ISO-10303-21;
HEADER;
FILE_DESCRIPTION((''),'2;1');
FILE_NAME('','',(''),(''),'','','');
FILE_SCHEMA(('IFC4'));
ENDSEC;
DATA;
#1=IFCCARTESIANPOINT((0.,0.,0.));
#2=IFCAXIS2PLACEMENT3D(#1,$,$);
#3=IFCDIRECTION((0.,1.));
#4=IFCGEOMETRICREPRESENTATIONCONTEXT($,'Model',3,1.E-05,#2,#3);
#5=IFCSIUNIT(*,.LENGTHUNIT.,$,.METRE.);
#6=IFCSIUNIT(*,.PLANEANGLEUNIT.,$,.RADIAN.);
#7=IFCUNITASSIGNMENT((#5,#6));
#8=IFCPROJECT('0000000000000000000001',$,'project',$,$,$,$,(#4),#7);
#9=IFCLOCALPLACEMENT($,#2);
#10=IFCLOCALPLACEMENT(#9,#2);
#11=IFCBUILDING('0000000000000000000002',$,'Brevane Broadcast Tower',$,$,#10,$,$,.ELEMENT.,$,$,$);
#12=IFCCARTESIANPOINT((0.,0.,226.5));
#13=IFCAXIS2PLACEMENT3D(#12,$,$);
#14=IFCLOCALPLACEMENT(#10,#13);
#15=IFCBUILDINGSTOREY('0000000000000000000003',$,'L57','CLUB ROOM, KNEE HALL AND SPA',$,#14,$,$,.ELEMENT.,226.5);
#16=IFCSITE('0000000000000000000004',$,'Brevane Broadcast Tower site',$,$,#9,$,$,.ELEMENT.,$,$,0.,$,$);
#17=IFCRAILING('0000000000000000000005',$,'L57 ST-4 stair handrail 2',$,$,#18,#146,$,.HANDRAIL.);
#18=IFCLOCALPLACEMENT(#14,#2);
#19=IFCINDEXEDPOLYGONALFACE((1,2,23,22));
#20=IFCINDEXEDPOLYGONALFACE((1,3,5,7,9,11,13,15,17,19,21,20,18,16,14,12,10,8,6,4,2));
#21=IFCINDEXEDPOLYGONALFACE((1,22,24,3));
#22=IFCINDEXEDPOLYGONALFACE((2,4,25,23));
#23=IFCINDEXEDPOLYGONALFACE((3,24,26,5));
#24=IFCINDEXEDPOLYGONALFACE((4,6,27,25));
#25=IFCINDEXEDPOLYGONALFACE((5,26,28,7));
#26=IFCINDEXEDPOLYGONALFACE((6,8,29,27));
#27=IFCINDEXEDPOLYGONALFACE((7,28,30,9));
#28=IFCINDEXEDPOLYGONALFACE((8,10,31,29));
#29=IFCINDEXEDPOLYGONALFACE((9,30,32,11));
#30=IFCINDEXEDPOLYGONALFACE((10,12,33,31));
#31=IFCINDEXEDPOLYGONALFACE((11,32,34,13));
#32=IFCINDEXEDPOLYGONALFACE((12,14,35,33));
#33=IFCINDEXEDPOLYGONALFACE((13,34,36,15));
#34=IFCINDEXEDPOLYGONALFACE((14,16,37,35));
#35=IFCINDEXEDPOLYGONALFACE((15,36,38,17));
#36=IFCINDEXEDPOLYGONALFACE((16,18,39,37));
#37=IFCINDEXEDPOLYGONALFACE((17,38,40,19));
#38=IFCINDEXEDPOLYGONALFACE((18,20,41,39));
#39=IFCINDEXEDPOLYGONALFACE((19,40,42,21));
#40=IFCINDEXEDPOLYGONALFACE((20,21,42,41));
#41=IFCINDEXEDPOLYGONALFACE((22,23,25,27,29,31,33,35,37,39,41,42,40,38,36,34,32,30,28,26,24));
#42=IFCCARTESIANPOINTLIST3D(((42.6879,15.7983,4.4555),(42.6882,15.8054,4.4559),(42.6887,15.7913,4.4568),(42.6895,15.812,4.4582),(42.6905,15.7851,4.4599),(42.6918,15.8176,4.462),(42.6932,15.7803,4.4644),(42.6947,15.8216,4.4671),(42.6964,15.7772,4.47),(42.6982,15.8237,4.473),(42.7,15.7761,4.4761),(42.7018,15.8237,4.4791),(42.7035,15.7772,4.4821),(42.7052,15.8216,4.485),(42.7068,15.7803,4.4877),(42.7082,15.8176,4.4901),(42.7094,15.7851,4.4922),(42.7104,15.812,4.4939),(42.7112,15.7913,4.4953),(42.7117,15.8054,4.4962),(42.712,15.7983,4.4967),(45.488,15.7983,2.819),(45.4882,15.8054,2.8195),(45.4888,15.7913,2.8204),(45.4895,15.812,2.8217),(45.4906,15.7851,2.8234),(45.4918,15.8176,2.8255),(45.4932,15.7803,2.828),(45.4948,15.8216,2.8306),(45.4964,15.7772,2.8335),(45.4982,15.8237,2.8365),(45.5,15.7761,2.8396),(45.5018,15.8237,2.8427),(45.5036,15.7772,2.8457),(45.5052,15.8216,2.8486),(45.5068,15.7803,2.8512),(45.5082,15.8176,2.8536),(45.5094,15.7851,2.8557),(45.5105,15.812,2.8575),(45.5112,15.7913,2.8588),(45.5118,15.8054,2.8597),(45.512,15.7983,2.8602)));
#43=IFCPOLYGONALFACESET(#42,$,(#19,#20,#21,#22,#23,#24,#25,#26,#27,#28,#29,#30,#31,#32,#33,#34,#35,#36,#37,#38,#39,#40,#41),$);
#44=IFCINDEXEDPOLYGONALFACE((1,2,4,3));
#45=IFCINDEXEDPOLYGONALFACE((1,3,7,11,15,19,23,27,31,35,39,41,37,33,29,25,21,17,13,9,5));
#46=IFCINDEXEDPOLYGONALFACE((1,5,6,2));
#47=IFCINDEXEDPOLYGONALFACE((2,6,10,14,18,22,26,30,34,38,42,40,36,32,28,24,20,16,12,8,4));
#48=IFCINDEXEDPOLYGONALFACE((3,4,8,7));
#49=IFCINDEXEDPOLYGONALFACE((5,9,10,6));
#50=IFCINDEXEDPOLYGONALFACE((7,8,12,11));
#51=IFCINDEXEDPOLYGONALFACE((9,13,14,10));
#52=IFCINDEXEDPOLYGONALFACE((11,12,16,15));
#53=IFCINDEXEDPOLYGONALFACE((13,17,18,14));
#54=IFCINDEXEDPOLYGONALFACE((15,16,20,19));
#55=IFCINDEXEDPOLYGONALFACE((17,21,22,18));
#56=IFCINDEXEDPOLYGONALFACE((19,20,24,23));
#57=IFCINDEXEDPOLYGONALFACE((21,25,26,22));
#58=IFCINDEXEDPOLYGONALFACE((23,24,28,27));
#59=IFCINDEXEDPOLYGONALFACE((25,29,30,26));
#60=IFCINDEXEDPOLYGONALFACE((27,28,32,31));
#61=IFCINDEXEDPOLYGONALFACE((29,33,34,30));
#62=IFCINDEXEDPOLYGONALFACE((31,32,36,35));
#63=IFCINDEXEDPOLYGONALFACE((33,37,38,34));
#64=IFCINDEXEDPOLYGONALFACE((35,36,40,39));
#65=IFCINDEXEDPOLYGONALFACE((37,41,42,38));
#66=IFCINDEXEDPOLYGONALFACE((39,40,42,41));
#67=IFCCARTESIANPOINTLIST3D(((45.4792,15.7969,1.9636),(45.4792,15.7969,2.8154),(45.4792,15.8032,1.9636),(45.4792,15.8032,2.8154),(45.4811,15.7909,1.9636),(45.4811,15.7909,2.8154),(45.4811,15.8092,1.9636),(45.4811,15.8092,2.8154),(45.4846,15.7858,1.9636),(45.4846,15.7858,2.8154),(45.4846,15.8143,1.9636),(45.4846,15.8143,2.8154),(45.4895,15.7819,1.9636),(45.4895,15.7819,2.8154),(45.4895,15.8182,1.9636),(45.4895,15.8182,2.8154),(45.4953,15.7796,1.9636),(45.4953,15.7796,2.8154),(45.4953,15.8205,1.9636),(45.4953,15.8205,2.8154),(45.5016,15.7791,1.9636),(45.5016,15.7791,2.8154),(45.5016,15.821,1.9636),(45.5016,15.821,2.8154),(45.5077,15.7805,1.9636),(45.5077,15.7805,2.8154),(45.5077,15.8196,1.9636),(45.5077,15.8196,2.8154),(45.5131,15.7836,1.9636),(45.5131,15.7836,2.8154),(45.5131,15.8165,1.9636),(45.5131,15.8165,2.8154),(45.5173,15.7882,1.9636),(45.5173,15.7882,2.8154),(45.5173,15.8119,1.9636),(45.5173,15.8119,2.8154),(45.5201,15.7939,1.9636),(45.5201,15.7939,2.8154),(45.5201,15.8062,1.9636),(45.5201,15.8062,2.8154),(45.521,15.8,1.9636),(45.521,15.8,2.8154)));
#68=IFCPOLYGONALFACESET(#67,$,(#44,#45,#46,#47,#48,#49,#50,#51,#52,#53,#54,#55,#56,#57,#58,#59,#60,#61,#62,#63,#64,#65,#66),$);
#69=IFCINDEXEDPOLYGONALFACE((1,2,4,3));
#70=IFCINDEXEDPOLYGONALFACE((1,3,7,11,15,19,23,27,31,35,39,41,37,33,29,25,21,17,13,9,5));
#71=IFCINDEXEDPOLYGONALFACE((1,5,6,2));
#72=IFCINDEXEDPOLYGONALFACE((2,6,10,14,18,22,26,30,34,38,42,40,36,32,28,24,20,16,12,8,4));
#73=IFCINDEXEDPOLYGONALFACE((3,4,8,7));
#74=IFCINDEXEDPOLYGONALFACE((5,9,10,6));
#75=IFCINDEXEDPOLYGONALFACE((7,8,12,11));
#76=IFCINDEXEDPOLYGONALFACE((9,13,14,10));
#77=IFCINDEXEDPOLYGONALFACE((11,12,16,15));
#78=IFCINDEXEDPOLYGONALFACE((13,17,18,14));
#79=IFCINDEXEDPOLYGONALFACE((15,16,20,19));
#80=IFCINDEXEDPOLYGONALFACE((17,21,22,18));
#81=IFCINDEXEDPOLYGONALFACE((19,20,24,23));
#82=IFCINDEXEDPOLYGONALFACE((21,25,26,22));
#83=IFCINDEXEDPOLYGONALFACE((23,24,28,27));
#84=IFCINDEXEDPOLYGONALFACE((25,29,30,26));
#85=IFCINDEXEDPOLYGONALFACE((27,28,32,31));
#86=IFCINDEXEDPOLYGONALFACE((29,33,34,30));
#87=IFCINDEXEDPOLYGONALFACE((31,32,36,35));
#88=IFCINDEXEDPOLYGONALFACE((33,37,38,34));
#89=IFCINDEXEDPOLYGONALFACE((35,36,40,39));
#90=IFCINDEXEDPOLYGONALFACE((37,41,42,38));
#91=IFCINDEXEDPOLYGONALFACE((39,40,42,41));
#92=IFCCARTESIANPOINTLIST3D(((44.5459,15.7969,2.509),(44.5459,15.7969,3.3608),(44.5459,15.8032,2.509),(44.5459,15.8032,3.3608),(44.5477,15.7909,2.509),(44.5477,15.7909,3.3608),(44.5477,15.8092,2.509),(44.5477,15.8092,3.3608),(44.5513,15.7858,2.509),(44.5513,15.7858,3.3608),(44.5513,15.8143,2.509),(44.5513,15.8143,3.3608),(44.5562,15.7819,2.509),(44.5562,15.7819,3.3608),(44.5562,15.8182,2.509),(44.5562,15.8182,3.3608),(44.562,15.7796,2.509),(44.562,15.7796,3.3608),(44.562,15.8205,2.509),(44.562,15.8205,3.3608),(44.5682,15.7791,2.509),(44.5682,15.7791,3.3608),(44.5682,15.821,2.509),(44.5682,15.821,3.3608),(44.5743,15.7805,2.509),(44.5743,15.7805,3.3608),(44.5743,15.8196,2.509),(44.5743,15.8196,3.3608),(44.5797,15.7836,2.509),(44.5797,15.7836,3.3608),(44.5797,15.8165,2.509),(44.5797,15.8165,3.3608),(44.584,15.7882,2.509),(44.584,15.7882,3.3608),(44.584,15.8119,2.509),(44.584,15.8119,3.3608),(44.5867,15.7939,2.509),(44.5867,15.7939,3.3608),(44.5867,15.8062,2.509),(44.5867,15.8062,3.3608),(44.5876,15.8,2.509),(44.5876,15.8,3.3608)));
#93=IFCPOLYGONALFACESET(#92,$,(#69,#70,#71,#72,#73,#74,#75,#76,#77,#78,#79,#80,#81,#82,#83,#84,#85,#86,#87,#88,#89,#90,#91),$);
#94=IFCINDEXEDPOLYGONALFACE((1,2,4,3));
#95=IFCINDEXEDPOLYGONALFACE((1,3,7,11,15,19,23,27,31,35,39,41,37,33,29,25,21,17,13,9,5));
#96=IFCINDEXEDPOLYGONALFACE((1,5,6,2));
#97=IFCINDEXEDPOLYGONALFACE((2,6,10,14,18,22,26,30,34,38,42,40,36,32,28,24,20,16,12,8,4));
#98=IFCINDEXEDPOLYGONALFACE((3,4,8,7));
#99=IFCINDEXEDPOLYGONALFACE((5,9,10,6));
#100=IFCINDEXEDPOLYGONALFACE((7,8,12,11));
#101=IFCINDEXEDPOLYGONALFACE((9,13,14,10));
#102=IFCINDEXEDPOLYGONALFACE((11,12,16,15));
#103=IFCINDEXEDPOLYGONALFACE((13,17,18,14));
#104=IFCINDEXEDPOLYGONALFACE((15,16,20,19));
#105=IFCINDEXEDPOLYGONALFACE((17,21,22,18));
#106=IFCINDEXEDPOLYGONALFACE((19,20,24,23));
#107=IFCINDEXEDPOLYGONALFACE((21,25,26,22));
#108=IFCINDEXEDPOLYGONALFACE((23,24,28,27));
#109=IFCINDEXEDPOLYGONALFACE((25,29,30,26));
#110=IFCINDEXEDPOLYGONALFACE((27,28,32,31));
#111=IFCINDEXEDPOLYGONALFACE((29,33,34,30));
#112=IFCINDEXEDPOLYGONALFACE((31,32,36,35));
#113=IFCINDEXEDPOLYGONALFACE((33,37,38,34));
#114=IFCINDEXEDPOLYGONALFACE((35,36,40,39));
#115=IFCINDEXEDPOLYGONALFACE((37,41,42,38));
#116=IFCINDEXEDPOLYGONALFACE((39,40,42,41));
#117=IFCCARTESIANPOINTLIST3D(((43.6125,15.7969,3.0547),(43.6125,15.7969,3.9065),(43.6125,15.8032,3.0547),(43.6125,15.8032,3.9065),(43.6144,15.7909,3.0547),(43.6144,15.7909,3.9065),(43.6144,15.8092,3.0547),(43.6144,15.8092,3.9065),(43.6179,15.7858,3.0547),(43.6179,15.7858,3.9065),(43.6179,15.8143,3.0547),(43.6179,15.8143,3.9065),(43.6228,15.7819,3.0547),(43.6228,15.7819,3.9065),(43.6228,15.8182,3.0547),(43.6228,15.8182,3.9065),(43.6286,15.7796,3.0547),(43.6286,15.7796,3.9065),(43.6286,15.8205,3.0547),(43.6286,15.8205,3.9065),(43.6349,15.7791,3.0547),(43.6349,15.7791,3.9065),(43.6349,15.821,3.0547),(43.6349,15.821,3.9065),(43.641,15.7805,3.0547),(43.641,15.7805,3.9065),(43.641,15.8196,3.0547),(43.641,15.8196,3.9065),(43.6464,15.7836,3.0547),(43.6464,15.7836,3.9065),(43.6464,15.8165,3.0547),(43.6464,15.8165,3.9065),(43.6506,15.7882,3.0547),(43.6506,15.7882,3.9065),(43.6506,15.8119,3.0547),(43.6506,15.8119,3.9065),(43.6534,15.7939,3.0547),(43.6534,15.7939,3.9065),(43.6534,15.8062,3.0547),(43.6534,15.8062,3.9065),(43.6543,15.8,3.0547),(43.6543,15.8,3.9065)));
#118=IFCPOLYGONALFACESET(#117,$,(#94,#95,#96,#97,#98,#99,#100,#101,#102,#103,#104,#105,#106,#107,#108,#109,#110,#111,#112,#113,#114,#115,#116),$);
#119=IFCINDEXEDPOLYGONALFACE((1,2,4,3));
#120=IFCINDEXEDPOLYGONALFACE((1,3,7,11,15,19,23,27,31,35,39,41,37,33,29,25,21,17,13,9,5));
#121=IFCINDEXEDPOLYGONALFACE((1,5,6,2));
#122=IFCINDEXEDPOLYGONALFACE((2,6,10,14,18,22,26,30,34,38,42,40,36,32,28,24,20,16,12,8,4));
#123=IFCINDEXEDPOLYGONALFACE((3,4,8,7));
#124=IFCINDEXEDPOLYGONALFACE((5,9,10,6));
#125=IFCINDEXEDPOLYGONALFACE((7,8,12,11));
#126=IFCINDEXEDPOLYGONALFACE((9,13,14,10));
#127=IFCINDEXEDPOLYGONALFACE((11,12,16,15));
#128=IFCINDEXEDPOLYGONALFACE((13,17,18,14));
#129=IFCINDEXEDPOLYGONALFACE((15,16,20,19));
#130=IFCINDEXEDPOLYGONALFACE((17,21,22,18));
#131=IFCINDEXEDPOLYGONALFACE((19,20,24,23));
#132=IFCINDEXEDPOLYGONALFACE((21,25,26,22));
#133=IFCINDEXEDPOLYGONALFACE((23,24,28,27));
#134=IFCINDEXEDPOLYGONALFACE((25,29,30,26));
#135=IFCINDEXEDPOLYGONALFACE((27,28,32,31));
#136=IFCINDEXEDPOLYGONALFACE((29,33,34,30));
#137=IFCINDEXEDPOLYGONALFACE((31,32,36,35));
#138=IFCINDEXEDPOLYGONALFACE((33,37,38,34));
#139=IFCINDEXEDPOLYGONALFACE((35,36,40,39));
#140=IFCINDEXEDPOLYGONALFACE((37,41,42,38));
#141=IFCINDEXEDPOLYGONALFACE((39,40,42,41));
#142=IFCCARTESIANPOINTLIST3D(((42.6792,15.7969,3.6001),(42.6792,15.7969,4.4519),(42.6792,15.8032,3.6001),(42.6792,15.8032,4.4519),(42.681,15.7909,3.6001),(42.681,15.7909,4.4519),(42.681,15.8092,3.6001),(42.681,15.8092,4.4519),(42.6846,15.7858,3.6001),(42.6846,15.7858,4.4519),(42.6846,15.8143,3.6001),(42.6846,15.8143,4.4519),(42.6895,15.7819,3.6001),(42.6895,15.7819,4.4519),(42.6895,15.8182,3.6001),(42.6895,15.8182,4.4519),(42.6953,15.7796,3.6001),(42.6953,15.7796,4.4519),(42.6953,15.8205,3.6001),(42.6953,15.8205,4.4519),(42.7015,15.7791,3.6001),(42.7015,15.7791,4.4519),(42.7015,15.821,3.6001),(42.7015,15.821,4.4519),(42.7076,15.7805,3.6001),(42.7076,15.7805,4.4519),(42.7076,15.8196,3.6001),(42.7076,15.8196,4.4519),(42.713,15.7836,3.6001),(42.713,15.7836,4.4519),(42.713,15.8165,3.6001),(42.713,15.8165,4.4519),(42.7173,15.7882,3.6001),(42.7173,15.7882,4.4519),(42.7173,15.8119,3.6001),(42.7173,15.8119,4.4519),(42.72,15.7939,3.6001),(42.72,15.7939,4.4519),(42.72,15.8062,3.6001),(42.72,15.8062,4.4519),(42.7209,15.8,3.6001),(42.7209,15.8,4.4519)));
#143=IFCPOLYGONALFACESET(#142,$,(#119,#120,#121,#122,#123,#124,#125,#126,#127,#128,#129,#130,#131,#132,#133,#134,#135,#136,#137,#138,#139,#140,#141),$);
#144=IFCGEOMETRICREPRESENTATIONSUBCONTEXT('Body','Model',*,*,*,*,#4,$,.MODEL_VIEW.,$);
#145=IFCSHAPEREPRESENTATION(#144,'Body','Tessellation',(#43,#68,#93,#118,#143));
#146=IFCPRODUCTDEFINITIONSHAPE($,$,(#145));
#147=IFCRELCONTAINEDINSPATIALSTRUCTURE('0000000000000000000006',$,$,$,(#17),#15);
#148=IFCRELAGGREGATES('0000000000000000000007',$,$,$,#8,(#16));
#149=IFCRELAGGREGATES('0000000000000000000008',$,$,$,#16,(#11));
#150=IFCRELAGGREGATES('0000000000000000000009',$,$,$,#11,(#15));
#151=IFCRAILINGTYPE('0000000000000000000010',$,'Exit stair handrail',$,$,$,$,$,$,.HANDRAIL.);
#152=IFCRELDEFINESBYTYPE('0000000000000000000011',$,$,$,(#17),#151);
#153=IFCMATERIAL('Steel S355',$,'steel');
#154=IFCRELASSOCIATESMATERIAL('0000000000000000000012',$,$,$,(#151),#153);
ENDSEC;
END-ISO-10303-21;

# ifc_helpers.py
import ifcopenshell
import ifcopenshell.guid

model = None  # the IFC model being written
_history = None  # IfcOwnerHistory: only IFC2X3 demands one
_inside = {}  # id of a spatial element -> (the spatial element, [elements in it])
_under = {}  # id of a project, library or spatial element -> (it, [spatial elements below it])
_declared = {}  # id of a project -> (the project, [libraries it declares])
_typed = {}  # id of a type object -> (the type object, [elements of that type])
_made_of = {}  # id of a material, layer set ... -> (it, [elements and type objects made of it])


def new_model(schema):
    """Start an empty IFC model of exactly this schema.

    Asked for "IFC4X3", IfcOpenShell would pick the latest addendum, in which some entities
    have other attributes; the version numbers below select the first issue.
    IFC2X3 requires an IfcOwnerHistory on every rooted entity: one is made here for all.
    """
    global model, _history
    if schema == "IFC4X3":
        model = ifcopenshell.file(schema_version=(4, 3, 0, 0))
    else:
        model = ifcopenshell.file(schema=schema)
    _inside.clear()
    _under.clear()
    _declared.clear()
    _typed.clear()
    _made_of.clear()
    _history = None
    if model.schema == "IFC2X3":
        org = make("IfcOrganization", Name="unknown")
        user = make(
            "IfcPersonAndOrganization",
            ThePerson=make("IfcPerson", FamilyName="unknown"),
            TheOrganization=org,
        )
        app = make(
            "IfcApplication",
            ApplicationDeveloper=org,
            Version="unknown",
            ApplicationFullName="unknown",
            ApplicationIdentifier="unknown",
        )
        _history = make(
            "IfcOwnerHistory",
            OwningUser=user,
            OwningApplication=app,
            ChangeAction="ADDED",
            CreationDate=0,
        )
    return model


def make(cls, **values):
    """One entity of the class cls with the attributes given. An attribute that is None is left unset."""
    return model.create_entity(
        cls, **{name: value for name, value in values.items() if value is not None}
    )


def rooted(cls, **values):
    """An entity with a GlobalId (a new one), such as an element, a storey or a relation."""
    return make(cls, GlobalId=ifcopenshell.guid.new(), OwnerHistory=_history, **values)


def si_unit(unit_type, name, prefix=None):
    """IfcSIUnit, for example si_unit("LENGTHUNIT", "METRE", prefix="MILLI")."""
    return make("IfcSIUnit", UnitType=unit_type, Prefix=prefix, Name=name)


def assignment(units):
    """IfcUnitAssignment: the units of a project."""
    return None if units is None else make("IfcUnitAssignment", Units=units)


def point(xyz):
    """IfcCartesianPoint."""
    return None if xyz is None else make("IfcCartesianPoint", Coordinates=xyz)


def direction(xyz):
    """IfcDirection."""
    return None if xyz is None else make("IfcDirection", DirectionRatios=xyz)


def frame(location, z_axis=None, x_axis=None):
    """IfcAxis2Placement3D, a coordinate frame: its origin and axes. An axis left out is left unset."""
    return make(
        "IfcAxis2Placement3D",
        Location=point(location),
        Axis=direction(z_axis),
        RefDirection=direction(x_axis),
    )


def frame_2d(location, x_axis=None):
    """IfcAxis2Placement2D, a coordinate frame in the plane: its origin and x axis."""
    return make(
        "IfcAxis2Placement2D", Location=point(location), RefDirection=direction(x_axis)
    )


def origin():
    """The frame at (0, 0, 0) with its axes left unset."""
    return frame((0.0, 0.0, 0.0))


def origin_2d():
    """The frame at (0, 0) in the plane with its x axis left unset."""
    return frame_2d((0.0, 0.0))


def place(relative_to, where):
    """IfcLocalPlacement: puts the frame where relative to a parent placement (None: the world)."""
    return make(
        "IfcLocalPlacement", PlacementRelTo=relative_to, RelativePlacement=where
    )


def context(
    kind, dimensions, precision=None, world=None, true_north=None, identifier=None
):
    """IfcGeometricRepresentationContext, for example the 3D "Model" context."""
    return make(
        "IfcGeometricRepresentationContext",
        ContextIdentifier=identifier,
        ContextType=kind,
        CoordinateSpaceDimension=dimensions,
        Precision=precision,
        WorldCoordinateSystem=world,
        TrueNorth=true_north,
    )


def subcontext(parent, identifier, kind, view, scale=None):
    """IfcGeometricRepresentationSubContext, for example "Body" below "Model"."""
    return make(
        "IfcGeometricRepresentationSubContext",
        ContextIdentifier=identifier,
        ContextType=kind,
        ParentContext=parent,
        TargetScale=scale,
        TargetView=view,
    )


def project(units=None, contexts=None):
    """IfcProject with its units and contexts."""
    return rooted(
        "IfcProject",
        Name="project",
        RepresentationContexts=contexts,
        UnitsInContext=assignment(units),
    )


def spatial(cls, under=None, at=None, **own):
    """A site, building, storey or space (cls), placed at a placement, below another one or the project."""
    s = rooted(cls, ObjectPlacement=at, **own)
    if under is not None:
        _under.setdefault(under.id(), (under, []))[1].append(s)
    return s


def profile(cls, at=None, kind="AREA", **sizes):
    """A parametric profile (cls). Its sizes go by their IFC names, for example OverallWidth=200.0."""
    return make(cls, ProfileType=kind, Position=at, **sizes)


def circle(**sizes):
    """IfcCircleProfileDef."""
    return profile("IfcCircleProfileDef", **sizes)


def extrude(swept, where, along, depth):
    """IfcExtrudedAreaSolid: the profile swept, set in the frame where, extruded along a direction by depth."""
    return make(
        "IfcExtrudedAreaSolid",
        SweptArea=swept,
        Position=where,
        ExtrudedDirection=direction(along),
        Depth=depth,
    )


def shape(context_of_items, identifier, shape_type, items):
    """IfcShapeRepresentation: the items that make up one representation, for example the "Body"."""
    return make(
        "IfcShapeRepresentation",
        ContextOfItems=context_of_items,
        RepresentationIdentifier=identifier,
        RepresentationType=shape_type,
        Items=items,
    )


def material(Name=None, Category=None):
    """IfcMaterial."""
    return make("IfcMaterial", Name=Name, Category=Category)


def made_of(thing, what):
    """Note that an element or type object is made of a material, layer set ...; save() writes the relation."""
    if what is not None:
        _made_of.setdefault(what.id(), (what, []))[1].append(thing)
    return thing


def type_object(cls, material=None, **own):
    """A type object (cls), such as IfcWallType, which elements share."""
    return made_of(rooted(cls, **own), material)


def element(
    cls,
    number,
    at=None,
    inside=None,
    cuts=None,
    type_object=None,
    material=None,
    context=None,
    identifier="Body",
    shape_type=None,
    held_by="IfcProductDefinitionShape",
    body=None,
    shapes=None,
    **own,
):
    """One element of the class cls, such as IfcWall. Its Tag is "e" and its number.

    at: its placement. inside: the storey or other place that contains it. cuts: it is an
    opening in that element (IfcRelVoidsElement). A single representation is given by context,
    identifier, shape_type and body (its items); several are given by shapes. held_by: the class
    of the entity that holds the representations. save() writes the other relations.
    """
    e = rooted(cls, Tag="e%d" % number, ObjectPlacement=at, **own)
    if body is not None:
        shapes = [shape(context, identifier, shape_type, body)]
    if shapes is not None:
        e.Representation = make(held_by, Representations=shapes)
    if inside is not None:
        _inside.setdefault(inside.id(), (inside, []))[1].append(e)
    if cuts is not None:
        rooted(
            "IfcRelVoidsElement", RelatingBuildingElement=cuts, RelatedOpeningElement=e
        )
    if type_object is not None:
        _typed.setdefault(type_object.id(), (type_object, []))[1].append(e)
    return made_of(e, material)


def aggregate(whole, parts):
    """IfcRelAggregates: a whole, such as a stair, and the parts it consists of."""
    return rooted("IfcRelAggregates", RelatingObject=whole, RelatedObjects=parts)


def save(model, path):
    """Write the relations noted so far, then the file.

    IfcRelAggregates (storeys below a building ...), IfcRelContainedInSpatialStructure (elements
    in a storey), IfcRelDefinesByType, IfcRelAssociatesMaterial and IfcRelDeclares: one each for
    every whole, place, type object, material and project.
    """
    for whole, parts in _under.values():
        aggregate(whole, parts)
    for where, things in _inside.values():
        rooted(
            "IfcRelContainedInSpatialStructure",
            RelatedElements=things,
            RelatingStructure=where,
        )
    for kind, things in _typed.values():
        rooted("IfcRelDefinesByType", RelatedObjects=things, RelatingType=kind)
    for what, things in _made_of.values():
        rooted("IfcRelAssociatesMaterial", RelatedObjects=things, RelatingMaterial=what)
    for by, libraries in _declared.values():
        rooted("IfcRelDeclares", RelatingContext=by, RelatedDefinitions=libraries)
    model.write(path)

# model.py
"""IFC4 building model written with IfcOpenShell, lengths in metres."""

from ifc_helpers import new_model, si_unit, direction, frame, origin, origin_2d, place, context, subcontext, project, spatial, circle, extrude, material, type_object, element, save


model = new_model("IFC4")

# Units and contexts
model_context = context("Model", 3, precision=1e-05, world=origin(), true_north=direction((0.0, 1.0)))
body_context = subcontext(model_context, "Body", "Model", "MODEL_VIEW")
ifc_project = project(units=[si_unit("LENGTHUNIT", "METRE"), si_unit("PLANEANGLEUNIT", "RADIAN")], contexts=[model_context])

# Site, building, storey
site_placement = place(None, origin())
site = spatial("IfcSite", under=ifc_project, at=site_placement, Name="Brevane Broadcast Tower site", CompositionType="ELEMENT", RefElevation=0.0)
building_placement = place(site_placement, origin())
building = spatial("IfcBuilding", under=site, at=building_placement, Name="Brevane Broadcast Tower", CompositionType="ELEMENT")
storey_placement = place(building_placement, frame((0.0, 0.0, 226.5)))
storey = spatial("IfcBuildingStorey", under=building, at=storey_placement, Name="L57", Description="CLUB ROOM, KNEE HALL AND SPA", CompositionType="ELEMENT", Elevation=226.5)

# Railing
ifc_material_1 = material(Name="Steel S355", Category="steel")
railing_type_1 = type_object("IfcRailingType", Name="Exit stair handrail", PredefinedType="HANDRAIL", material=ifc_material_1)
railing_1_placement = place(storey_placement, frame((45.5, 15.8, 1.9636)))
element("IfcRailing", 1, at=railing_1_placement, inside=storey, type_object=railing_type_1, Name="L57 ST-4 stair handrail 2", PredefinedType="HANDRAIL", context=body_context, shape_type="SweptSolid", body=[
    extrude(circle(Radius=0.0239, at=origin_2d()), frame((0.0, 0.0, 0.876), z_axis=(-0.863361, 0.0, 0.504587), x_axis=(0.0, -1.0, 0.0)), (0.0, 0.0, 1.0), 3.2432),
    extrude(circle(Radius=0.021, at=origin_2d()), origin(), (0.0, 0.0, 1.0), 0.8518),
    extrude(circle(Radius=0.021, at=origin_2d()), frame((-0.9333, 0.0, 0.5454)), (0.0, 0.0, 1.0), 0.8518),
    extrude(circle(Radius=0.021, at=origin_2d()), frame((-1.8667, 0.0, 1.0911)), (0.0, 0.0, 1.0), 0.8518),
    extrude(circle(Radius=0.021, at=origin_2d()), frame((-2.8, 0.0, 1.6365)), (0.0, 0.0, 1.0), 0.8518),
])

save(model, "model.ifc")
